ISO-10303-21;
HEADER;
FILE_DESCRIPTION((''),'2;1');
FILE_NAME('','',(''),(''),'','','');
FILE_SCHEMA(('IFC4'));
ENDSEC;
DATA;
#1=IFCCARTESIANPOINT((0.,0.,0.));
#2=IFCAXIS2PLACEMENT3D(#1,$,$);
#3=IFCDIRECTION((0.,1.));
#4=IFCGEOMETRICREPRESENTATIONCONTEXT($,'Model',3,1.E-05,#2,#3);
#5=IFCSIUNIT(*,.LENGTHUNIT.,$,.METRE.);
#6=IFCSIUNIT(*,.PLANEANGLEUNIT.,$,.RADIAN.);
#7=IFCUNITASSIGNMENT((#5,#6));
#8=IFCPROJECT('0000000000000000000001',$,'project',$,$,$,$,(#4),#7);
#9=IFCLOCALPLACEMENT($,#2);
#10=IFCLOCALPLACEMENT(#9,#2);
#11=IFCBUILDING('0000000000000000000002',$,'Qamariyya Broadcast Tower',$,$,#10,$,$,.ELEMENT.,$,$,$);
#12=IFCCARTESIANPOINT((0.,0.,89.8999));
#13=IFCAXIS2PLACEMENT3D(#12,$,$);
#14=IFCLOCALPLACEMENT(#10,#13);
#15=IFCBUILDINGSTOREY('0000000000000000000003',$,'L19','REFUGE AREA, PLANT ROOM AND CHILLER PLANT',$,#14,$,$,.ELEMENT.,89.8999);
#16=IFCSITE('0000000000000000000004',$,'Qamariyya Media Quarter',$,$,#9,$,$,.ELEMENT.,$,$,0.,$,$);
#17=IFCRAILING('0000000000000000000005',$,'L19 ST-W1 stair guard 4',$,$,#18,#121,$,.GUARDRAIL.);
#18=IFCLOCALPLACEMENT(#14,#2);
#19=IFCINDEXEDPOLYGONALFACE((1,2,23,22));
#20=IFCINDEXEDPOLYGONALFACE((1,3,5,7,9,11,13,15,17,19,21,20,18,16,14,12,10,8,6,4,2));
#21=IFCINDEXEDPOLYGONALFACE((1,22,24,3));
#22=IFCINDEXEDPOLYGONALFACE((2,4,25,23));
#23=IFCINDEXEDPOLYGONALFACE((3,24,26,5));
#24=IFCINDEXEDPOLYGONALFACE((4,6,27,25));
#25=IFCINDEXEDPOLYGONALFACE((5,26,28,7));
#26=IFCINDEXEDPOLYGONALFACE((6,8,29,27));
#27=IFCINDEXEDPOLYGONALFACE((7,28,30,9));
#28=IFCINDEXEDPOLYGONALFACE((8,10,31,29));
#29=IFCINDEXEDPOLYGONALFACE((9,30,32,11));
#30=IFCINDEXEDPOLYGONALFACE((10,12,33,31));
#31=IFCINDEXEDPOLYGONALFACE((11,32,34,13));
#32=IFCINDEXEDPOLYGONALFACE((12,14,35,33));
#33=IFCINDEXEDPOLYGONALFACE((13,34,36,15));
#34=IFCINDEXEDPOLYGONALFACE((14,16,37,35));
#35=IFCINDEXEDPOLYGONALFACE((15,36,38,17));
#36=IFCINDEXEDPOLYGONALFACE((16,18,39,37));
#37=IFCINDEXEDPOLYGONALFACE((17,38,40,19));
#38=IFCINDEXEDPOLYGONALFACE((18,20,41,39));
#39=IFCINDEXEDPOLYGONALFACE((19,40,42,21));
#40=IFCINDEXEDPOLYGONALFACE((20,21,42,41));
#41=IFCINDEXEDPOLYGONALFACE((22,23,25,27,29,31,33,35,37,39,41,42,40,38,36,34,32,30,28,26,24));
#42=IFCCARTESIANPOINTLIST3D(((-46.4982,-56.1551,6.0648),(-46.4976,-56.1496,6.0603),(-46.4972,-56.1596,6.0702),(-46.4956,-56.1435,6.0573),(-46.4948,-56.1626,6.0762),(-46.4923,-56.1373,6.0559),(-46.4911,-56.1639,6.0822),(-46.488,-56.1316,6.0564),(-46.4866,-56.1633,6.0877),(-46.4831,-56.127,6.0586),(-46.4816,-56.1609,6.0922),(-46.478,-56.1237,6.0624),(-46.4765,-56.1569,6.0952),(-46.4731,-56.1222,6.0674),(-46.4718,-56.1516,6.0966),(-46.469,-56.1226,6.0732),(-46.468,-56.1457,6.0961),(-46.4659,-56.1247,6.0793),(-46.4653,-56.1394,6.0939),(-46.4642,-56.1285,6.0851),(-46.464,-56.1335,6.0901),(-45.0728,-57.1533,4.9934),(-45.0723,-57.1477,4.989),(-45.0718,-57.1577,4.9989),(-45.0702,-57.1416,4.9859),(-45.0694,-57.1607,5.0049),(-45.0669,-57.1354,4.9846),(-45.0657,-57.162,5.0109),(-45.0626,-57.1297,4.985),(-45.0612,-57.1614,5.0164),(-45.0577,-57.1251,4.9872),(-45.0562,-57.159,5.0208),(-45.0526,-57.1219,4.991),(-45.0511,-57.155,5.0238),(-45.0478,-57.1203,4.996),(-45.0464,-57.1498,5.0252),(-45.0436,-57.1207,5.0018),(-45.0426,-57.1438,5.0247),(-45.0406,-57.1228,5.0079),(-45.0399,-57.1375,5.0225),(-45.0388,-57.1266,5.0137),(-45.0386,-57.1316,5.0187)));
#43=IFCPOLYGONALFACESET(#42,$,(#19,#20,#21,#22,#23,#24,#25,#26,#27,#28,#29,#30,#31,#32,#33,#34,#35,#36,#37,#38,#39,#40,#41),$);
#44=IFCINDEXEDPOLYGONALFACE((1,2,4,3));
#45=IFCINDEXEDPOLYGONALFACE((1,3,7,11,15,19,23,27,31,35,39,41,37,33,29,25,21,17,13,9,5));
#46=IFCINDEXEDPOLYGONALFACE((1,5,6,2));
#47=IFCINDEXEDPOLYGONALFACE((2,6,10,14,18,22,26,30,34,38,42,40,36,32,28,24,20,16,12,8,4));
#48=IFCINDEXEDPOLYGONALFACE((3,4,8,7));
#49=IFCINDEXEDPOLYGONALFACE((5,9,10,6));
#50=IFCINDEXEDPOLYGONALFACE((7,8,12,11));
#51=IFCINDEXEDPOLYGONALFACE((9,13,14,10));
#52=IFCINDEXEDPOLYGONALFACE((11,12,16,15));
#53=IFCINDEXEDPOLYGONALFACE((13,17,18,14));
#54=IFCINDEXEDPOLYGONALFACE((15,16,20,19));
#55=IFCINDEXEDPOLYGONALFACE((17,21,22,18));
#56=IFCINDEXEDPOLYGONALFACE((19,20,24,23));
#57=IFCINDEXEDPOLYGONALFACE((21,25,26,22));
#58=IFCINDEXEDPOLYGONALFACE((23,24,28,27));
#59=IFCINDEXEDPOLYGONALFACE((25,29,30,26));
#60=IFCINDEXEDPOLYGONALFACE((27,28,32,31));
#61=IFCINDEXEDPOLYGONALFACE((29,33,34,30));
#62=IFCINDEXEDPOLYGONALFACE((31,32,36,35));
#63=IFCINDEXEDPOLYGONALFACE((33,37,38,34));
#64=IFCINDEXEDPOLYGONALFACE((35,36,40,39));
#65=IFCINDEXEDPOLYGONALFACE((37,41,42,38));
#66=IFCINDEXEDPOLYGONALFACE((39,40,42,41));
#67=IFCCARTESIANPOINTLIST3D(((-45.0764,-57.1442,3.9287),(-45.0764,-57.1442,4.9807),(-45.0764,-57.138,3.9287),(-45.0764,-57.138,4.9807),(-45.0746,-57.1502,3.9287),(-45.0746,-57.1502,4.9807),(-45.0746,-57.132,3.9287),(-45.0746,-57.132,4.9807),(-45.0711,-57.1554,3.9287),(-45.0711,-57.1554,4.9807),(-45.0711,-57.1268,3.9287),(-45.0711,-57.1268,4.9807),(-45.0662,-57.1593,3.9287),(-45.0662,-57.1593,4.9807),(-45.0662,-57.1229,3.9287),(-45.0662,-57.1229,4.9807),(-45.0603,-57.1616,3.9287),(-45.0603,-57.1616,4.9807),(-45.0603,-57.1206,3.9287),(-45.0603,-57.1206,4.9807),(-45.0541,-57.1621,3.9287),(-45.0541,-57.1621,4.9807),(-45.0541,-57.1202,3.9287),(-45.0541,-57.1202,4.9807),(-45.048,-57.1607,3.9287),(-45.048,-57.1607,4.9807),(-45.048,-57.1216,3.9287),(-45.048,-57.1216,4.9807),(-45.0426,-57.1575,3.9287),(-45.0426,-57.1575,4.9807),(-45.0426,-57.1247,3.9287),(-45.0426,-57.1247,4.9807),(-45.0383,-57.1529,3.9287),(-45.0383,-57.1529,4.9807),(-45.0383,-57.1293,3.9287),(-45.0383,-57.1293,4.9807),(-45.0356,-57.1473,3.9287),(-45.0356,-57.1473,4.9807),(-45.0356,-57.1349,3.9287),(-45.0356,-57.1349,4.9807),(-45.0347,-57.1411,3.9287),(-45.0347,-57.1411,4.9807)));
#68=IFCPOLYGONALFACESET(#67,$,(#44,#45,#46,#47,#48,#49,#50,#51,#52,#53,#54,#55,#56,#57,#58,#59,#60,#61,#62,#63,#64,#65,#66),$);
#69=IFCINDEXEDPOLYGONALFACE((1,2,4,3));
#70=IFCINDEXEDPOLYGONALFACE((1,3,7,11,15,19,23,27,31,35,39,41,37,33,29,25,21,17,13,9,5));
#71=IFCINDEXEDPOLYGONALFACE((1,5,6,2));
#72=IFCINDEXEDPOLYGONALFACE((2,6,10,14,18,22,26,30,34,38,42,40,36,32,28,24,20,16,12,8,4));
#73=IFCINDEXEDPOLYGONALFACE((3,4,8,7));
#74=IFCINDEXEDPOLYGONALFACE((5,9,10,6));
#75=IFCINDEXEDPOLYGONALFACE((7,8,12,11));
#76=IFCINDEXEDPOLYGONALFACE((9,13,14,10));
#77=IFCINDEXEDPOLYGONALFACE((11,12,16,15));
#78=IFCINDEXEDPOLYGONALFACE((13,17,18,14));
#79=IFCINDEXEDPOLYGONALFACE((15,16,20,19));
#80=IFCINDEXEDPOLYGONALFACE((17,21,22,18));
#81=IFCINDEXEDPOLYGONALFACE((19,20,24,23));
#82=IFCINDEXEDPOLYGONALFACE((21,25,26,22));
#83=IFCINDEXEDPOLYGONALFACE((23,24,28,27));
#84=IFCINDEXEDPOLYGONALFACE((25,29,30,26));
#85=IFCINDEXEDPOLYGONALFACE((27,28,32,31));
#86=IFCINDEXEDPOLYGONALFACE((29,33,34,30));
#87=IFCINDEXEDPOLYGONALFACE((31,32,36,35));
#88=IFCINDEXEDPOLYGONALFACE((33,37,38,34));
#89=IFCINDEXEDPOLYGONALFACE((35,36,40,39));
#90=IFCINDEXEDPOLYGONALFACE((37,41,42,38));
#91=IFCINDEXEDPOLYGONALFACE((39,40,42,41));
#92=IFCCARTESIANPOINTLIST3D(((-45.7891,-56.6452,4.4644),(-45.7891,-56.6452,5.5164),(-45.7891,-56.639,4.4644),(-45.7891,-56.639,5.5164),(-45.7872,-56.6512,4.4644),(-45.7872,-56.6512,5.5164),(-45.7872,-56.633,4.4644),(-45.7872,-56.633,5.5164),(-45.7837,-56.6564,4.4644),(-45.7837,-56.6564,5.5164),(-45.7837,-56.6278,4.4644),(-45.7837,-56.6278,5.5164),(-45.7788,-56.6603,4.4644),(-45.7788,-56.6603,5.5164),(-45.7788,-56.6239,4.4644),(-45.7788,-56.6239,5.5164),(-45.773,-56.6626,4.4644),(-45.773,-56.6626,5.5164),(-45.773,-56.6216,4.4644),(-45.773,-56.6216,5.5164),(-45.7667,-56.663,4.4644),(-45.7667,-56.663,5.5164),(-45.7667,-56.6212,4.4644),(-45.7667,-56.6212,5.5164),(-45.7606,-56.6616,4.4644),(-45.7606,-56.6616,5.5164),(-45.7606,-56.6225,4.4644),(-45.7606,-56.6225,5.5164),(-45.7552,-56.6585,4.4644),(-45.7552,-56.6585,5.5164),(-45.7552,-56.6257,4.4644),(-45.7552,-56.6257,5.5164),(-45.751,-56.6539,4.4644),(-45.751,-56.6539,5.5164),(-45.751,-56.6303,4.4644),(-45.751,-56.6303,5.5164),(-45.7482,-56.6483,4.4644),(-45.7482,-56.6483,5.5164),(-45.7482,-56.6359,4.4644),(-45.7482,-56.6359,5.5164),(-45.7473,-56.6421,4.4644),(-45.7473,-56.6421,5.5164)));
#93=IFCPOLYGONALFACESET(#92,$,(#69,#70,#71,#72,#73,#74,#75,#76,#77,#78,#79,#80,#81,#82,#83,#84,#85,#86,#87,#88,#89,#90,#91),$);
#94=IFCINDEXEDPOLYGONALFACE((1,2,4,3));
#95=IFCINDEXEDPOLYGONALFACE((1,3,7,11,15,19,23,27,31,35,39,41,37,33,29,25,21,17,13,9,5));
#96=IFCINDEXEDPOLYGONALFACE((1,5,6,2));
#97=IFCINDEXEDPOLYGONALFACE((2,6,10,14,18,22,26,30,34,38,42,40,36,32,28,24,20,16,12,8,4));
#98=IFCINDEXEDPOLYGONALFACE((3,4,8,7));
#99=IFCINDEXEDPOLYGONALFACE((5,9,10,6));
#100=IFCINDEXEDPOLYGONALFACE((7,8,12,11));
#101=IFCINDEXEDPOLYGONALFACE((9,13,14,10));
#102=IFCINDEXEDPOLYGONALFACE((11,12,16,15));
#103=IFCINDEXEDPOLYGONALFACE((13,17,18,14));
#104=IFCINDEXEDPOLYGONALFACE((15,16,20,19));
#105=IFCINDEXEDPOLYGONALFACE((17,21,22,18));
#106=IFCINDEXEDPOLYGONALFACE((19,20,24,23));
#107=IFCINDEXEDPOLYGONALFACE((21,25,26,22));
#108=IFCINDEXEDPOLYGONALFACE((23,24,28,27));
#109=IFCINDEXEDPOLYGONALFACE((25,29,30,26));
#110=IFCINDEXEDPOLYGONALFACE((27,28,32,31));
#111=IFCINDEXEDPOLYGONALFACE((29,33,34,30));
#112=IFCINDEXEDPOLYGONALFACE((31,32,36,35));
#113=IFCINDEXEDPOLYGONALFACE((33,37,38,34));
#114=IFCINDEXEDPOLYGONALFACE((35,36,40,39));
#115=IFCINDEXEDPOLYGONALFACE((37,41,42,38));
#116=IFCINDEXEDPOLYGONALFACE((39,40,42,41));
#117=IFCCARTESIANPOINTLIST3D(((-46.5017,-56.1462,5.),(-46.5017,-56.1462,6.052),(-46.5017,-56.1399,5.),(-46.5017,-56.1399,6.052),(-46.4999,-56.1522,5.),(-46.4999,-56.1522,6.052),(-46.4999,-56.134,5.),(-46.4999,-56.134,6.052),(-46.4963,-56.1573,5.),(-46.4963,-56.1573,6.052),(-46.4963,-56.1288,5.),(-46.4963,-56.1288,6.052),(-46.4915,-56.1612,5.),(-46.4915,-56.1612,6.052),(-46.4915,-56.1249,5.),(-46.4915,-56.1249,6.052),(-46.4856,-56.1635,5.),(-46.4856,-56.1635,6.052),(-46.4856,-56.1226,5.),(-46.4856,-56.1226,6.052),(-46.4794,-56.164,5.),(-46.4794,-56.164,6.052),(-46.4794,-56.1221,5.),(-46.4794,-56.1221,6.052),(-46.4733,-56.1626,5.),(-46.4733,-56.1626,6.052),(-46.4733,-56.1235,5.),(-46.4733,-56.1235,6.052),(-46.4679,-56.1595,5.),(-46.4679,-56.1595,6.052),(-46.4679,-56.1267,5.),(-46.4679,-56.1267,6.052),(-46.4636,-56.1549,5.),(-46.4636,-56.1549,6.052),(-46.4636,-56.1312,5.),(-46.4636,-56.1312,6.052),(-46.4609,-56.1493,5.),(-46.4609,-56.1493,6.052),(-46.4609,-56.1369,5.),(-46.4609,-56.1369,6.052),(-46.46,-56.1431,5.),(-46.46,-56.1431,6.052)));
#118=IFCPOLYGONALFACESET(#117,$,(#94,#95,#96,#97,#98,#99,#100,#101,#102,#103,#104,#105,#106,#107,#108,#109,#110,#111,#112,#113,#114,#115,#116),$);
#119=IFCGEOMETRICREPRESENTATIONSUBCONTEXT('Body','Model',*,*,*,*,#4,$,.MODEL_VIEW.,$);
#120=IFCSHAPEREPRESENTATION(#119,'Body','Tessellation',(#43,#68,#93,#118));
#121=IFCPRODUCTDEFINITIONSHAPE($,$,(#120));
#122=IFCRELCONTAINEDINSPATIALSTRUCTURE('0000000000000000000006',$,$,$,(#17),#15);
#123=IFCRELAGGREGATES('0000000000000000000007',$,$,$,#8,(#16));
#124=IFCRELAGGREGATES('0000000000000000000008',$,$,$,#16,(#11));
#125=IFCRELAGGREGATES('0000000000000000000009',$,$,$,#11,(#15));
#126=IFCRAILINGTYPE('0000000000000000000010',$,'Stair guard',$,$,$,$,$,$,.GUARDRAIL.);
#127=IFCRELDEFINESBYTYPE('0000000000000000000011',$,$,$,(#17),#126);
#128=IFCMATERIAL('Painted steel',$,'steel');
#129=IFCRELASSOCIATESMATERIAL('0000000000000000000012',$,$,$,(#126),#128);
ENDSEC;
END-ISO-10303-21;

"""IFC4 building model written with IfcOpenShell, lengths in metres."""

from ifc_helpers import new_model, si_unit, direction, frame, origin, origin_2d, place, context, subcontext, project, spatial, circle, extrude, material, type_object, element, save


model = new_model("IFC4")

# Units and contexts
model_context = context("Model", 3, precision=1e-05, world=origin(), true_north=direction((0.0, 1.0)))
body_context = subcontext(model_context, "Body", "Model", "MODEL_VIEW")
ifc_project = project(units=[si_unit("LENGTHUNIT", "METRE"), si_unit("PLANEANGLEUNIT", "RADIAN")], contexts=[model_context])

# Site, building, storey
site_placement = place(None, origin())
site = spatial("IfcSite", under=ifc_project, at=site_placement, Name="Qamariyya Media Quarter", CompositionType="ELEMENT", RefElevation=0.0)
building_placement = place(site_placement, origin())
building = spatial("IfcBuilding", under=site, at=building_placement, Name="Qamariyya Broadcast Tower", CompositionType="ELEMENT")
storey_placement = place(building_placement, frame((0.0, 0.0, 89.8999)))
storey = spatial("IfcBuildingStorey", under=building, at=storey_placement, Name="L19", Description="REFUGE AREA, PLANT ROOM AND CHILLER PLANT", CompositionType="ELEMENT", Elevation=89.8999)

# Railing
ifc_material_1 = material(Name="Painted steel", Category="steel")
railing_type_1 = type_object("IfcRailingType", Name="Stair guard", PredefinedType="GUARDRAIL", material=ifc_material_1)
railing_placement = place(storey_placement, frame((-45.0557, -57.1411, 3.9287)))
element("IfcRailing", 1, at=railing_placement, inside=storey, type_object=railing_type_1, Name="L19 ST-W1 stair guard 4", PredefinedType="GUARDRAIL", context=body_context, shape_type="SweptSolid", body=[
    extrude(circle(Radius=0.0239, at=origin_2d()), frame((0.0, 0.0, 1.0762), z_axis=(-0.697533, 0.48844, 0.524285), x_axis=(-0.573594, -0.81914, 0.0)), (0.0, 0.0, 1.0), 2.0435),
    extrude(circle(Radius=0.021, at=origin_2d()), origin(), (0.0, 0.0, 1.0), 1.052),
    extrude(circle(Radius=0.021, at=origin_2d()), frame((-0.7126, 0.499, 0.5356)), (0.0, 0.0, 1.0), 1.052),
    extrude(circle(Radius=0.021, at=origin_2d()), frame((-1.4253, 0.998, 1.0713)), (0.0, 0.0, 1.0), 1.052),
])

save(model, "model.ifc")
